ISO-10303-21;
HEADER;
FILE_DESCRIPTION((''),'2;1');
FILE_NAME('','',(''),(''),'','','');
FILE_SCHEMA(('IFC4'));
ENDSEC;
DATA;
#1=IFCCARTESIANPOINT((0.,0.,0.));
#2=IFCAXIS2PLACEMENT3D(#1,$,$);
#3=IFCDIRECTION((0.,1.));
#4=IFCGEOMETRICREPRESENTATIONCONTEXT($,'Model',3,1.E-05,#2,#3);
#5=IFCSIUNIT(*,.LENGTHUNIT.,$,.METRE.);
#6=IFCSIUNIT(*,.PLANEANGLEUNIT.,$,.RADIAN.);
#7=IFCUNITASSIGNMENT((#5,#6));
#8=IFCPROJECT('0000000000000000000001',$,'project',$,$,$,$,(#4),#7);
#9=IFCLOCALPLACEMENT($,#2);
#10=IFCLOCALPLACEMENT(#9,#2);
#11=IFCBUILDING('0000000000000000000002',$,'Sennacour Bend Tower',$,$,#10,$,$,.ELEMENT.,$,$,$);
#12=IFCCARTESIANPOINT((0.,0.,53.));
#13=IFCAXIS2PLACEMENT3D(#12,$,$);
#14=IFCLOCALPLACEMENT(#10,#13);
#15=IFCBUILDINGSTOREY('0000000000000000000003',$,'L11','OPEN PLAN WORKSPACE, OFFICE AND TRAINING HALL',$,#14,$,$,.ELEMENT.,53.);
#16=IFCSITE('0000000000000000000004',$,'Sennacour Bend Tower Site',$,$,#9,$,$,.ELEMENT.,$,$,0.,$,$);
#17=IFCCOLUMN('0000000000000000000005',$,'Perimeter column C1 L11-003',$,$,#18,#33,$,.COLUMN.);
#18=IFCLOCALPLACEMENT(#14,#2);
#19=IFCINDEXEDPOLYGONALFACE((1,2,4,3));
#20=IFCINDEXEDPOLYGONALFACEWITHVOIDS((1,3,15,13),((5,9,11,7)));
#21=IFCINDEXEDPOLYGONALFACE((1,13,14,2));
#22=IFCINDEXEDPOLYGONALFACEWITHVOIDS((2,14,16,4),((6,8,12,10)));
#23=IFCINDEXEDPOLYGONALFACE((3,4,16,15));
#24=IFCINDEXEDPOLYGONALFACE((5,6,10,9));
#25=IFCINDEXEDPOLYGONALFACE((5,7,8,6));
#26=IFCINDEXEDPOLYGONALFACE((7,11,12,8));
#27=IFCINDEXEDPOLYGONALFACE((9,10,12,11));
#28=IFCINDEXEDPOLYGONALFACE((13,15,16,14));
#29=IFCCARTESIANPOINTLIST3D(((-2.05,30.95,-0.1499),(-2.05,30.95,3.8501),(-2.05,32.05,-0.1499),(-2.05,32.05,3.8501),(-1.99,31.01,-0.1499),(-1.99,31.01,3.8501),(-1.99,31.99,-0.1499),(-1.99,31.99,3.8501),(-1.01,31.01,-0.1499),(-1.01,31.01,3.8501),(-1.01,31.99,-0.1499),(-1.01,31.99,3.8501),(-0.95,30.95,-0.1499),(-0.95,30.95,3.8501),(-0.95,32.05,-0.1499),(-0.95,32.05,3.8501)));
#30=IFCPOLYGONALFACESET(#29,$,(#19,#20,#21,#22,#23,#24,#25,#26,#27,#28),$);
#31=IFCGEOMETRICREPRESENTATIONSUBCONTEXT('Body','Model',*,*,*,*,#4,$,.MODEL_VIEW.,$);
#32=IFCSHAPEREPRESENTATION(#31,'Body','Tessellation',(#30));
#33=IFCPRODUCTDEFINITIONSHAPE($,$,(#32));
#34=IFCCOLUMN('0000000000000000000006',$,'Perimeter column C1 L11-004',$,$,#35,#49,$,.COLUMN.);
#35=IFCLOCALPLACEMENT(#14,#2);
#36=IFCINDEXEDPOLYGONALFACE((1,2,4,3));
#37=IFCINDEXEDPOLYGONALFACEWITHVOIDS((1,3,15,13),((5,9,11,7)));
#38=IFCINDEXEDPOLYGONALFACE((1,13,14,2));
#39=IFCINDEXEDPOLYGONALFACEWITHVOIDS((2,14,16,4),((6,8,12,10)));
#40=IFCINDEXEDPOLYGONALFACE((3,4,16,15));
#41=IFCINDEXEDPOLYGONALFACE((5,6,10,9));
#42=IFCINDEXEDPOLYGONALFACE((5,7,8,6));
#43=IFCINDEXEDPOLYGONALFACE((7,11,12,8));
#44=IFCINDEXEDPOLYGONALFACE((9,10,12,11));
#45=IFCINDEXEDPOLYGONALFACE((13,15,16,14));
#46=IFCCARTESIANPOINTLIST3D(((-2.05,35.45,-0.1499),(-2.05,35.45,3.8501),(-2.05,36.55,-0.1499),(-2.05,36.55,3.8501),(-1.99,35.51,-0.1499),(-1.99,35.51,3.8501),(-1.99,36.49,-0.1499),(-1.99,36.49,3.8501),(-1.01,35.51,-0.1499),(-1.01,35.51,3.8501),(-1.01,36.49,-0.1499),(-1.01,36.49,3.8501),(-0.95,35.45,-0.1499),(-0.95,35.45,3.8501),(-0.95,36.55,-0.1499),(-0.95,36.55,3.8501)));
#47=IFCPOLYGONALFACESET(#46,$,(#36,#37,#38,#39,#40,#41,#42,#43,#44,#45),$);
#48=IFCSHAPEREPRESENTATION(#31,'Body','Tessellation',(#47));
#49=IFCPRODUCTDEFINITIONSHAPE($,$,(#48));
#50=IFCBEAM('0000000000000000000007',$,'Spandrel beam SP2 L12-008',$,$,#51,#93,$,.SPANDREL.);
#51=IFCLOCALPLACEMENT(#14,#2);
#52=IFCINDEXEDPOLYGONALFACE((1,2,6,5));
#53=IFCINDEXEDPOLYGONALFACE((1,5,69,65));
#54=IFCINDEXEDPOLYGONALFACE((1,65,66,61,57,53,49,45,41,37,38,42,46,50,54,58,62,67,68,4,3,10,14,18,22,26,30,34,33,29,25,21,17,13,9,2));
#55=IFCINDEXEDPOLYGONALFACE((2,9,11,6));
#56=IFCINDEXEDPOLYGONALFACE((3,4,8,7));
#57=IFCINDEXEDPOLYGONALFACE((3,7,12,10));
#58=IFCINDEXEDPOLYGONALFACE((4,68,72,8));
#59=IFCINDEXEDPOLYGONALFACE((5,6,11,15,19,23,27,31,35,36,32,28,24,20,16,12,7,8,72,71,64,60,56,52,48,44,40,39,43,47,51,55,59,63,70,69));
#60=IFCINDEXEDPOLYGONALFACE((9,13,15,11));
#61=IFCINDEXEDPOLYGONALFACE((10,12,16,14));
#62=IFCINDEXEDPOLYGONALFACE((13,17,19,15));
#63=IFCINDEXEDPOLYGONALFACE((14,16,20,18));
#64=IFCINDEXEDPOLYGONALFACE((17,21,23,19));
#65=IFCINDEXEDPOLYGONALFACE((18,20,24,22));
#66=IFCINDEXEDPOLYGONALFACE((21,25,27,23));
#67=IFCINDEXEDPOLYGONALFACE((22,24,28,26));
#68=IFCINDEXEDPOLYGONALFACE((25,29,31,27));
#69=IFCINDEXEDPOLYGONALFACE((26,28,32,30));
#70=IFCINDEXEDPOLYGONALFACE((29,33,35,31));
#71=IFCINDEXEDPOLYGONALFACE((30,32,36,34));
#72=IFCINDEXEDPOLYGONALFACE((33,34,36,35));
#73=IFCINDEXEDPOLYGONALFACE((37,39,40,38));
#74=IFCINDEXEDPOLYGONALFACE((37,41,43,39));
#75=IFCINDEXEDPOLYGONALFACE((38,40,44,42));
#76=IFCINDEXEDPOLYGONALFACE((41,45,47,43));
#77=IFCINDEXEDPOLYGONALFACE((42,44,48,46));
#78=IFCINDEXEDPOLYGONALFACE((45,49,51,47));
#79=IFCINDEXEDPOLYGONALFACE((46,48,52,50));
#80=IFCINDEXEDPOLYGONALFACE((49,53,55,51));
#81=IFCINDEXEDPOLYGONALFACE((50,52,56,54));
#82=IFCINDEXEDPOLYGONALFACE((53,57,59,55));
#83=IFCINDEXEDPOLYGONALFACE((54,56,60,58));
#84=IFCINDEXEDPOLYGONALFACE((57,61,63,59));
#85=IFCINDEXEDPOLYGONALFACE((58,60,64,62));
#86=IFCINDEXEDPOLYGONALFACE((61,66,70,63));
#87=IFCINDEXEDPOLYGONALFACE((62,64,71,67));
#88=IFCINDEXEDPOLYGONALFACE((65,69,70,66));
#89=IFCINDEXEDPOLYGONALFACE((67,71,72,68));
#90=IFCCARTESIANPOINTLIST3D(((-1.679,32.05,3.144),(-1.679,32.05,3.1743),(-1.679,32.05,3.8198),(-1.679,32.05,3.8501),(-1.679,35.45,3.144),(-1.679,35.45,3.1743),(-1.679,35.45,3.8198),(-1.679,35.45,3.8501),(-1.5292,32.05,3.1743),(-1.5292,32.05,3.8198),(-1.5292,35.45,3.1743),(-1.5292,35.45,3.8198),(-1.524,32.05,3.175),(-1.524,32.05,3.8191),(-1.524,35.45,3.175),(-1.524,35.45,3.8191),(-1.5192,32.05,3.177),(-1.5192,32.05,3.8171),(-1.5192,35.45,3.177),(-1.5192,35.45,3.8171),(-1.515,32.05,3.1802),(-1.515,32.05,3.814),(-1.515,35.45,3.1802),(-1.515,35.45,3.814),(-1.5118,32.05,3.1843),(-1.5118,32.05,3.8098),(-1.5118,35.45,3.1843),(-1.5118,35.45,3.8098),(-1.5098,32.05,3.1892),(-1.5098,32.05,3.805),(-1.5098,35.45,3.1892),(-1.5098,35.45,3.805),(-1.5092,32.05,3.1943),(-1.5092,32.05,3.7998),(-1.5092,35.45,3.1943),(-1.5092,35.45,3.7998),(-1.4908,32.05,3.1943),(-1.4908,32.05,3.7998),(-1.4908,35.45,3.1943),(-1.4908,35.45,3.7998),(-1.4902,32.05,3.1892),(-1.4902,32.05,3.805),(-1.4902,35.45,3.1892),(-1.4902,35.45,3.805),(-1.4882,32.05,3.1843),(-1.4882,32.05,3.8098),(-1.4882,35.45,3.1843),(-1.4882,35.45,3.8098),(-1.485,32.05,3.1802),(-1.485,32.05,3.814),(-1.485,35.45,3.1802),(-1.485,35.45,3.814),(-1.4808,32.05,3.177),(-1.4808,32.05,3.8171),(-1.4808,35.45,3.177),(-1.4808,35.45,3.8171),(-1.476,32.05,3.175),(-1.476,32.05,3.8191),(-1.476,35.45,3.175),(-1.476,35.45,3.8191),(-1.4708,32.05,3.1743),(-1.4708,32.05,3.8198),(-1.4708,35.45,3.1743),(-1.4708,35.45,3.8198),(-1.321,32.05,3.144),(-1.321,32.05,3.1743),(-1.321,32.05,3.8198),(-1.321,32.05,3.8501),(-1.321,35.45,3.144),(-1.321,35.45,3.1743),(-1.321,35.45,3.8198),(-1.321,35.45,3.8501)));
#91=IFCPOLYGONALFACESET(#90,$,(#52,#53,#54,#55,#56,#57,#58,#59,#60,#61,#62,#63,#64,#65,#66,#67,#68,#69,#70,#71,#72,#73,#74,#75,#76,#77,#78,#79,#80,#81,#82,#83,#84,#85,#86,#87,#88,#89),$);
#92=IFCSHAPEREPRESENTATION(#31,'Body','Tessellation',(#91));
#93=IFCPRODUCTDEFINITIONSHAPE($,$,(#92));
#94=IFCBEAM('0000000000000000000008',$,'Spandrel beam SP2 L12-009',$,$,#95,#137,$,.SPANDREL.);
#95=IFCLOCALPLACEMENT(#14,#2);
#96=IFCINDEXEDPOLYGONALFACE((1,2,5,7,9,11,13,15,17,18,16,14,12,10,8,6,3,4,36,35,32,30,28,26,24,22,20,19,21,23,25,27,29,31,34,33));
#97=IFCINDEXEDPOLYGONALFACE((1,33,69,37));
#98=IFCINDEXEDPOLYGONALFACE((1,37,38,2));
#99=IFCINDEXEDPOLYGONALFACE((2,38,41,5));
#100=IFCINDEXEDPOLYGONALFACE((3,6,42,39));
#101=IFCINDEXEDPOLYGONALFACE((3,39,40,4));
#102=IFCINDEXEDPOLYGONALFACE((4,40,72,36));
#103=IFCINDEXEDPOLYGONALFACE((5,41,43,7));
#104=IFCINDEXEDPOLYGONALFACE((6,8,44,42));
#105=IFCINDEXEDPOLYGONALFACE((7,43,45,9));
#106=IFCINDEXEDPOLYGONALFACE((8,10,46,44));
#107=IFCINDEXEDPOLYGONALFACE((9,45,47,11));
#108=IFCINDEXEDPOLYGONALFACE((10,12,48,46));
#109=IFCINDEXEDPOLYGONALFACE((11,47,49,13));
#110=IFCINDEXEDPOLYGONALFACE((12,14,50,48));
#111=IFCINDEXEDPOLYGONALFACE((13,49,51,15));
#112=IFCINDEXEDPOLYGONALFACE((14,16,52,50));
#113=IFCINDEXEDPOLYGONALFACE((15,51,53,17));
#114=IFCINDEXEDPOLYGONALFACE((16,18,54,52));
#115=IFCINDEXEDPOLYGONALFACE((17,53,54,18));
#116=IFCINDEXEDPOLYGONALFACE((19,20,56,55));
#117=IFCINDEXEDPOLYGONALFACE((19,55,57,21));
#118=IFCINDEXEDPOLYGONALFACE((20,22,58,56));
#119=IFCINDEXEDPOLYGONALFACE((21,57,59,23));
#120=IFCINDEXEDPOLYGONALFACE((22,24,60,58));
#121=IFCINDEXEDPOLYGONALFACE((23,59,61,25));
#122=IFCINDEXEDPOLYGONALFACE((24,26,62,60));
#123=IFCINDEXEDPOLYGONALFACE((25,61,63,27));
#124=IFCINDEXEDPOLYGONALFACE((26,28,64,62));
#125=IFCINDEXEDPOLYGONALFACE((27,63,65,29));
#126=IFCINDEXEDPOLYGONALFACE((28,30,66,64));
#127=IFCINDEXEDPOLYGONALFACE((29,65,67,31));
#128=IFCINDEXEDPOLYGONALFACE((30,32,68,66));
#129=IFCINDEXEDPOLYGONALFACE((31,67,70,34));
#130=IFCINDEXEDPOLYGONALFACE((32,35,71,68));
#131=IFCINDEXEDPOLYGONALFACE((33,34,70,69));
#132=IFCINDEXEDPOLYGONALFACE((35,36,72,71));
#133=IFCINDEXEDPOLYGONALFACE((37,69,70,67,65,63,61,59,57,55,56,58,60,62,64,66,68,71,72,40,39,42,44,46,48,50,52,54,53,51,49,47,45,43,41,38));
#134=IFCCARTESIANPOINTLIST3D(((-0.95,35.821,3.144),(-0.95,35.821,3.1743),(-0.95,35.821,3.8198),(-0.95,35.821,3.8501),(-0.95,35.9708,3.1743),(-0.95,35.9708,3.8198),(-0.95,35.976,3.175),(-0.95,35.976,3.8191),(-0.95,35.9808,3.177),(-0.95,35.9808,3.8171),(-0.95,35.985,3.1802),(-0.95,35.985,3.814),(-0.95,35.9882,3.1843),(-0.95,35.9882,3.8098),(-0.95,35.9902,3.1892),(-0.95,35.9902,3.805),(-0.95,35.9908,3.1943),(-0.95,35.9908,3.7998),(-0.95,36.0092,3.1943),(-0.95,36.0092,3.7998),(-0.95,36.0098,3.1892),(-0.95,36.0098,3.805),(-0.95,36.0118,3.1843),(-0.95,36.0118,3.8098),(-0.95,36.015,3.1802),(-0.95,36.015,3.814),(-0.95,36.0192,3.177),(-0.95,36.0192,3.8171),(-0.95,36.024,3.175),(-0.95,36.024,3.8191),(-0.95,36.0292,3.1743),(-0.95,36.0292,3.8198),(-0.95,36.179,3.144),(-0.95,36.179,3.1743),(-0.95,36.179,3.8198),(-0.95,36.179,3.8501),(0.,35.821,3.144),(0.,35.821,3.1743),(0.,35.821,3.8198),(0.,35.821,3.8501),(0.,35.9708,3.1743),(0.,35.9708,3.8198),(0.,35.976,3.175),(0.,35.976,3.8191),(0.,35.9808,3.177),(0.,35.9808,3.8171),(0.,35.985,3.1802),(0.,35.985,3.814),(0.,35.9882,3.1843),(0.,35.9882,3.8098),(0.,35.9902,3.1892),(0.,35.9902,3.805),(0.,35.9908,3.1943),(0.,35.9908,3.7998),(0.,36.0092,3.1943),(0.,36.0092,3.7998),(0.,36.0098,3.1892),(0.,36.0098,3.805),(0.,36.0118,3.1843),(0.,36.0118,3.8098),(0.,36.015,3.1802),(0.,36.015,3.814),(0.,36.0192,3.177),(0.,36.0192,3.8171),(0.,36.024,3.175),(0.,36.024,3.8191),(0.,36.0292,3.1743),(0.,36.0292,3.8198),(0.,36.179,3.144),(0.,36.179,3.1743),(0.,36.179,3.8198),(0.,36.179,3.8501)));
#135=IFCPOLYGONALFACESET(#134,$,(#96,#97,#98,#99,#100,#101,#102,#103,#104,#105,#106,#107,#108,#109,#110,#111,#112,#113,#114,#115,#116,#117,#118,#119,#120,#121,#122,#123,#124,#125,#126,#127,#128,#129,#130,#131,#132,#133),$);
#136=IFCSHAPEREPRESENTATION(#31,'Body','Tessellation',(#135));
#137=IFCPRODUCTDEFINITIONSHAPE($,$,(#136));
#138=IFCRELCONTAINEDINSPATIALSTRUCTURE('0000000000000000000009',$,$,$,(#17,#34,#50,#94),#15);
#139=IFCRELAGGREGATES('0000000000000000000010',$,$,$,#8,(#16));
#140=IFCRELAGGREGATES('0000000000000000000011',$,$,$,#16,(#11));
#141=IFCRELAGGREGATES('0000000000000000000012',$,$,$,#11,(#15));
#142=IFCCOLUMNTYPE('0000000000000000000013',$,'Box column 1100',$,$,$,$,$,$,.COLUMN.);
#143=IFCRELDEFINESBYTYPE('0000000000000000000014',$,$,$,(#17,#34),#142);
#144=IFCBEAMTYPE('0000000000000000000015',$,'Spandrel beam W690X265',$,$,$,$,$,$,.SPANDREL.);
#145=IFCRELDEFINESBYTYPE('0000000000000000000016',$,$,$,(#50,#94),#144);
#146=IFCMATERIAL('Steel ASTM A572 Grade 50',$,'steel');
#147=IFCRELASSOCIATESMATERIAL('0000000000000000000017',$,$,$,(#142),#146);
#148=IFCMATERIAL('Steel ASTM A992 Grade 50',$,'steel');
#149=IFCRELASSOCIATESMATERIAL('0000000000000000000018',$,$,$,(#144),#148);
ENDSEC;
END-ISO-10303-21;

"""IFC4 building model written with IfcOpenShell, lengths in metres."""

from ifc_helpers import new_model, si_unit, direction, frame, origin, origin_2d, place, context, subcontext, project, spatial, hollow_rectangle, i_section, extrude, material, material_profile, profile_set, type_object, element, save


model = new_model("IFC4")

# Units and contexts
model_context = context("Model", 3, precision=1e-05, world=origin(), true_north=direction((0.0, 1.0)))
body_context = subcontext(model_context, "Body", "Model", "MODEL_VIEW")
ifc_project = project(units=[si_unit("LENGTHUNIT", "METRE"), si_unit("PLANEANGLEUNIT", "RADIAN")], contexts=[model_context])

# Site, building, storey
site_placement = place(None, origin())
site = spatial("IfcSite", under=ifc_project, at=site_placement, Name="Sennacour Bend Tower Site", CompositionType="ELEMENT", RefElevation=0.0)
building_placement = place(site_placement, origin())
building = spatial("IfcBuilding", under=site, at=building_placement, Name="Sennacour Bend Tower", CompositionType="ELEMENT")
storey_placement = place(building_placement, frame((0.0, 0.0, 53.0)))
storey = spatial("IfcBuildingStorey", under=building, at=storey_placement, Name="L11", Description="OPEN PLAN WORKSPACE, OFFICE AND TRAINING HALL", CompositionType="ELEMENT", Elevation=53.0)

# Columns
ifc_material_1 = material(Name="Steel ASTM A572 Grade 50", Category="steel")
ifc_material_profile_1 = material_profile(ifc_material_1, hollow_rectangle(XDim=1.1001, YDim=1.1001, WallThickness=0.0601, at=origin_2d()), Name="Steel ASTM A572 Grade 50", Category="steel")
ifc_profile_set_1 = profile_set([ifc_material_profile_1], Name="Steel ASTM A572 Grade 50")
column_type = type_object("IfcColumnType", Name="Box column 1100", PredefinedType="COLUMN", material=ifc_profile_set_1)
for number, where, z_axis, x_axis, name in (
    (1, (-1.5, 31.5, -0.1499), (0.0, 0.0, 1.0), (1.0, 0.0, 0.0), "Perimeter column C1 L11-003"),
    (2, (-1.5, 36.0, -0.1499), (0.0, 0.0, 1.0), (1.0, 0.0, 0.0), "Perimeter column C1 L11-004"),
):
    element("IfcColumn", number, at=place(storey_placement, frame(where, z_axis=z_axis, x_axis=x_axis)), inside=storey, type_object=column_type, Name=name, PredefinedType="COLUMN", context=body_context, shape_type="SweptSolid", body=[
        extrude(hollow_rectangle(XDim=1.1001, YDim=1.1001, WallThickness=0.0601, at=origin_2d()), origin(), (0.0, 0.0, 1.0), 4.0),
    ])

# Beams
ifc_material_2 = material(Name="Steel ASTM A992 Grade 50", Category="steel")
ifc_material_profile_2 = material_profile(ifc_material_2, i_section(OverallWidth=0.3579, OverallDepth=0.7061, WebThickness=0.0183, FlangeThickness=0.0303, FilletRadius=0.02, at=origin_2d()), Name="Steel ASTM A992 Grade 50", Category="steel")
ifc_profile_set_2 = profile_set([ifc_material_profile_2], Name="Steel ASTM A992 Grade 50")
beam_type = type_object("IfcBeamType", Name="Spandrel beam W690X265", PredefinedType="SPANDREL", material=ifc_profile_set_2)
beam_1_placement = place(storey_placement, frame((-1.5, 32.05, 3.4971), z_axis=(0.0, 1.0, 0.0), x_axis=(-1.0, 0.0, 0.0)))
element("IfcBeam", 3, at=beam_1_placement, inside=storey, type_object=beam_type, Name="Spandrel beam SP2 L12-008", PredefinedType="SPANDREL", context=body_context, shape_type="SweptSolid", body=[
    extrude(i_section(OverallWidth=0.3579, OverallDepth=0.7061, WebThickness=0.0183, FlangeThickness=0.0303, FilletRadius=0.02, at=origin_2d()), origin(), (0.0, 0.0, 1.0), 3.3999),
])
beam_2_placement = place(storey_placement, frame((-0.95, 36.0, 3.4971), z_axis=(1.0, 0.0, 0.0), x_axis=(0.0, 1.0, 0.0)))
element("IfcBeam", 4, at=beam_2_placement, inside=storey, type_object=beam_type, Name="Spandrel beam SP2 L12-009", PredefinedType="SPANDREL", context=body_context, shape_type="SweptSolid", body=[
    extrude(i_section(OverallWidth=0.3579, OverallDepth=0.7061, WebThickness=0.0183, FlangeThickness=0.0303, FilletRadius=0.02, at=origin_2d()), origin(), (0.0, 0.0, 1.0), 0.95),
])

save(model, "model.ifc")
